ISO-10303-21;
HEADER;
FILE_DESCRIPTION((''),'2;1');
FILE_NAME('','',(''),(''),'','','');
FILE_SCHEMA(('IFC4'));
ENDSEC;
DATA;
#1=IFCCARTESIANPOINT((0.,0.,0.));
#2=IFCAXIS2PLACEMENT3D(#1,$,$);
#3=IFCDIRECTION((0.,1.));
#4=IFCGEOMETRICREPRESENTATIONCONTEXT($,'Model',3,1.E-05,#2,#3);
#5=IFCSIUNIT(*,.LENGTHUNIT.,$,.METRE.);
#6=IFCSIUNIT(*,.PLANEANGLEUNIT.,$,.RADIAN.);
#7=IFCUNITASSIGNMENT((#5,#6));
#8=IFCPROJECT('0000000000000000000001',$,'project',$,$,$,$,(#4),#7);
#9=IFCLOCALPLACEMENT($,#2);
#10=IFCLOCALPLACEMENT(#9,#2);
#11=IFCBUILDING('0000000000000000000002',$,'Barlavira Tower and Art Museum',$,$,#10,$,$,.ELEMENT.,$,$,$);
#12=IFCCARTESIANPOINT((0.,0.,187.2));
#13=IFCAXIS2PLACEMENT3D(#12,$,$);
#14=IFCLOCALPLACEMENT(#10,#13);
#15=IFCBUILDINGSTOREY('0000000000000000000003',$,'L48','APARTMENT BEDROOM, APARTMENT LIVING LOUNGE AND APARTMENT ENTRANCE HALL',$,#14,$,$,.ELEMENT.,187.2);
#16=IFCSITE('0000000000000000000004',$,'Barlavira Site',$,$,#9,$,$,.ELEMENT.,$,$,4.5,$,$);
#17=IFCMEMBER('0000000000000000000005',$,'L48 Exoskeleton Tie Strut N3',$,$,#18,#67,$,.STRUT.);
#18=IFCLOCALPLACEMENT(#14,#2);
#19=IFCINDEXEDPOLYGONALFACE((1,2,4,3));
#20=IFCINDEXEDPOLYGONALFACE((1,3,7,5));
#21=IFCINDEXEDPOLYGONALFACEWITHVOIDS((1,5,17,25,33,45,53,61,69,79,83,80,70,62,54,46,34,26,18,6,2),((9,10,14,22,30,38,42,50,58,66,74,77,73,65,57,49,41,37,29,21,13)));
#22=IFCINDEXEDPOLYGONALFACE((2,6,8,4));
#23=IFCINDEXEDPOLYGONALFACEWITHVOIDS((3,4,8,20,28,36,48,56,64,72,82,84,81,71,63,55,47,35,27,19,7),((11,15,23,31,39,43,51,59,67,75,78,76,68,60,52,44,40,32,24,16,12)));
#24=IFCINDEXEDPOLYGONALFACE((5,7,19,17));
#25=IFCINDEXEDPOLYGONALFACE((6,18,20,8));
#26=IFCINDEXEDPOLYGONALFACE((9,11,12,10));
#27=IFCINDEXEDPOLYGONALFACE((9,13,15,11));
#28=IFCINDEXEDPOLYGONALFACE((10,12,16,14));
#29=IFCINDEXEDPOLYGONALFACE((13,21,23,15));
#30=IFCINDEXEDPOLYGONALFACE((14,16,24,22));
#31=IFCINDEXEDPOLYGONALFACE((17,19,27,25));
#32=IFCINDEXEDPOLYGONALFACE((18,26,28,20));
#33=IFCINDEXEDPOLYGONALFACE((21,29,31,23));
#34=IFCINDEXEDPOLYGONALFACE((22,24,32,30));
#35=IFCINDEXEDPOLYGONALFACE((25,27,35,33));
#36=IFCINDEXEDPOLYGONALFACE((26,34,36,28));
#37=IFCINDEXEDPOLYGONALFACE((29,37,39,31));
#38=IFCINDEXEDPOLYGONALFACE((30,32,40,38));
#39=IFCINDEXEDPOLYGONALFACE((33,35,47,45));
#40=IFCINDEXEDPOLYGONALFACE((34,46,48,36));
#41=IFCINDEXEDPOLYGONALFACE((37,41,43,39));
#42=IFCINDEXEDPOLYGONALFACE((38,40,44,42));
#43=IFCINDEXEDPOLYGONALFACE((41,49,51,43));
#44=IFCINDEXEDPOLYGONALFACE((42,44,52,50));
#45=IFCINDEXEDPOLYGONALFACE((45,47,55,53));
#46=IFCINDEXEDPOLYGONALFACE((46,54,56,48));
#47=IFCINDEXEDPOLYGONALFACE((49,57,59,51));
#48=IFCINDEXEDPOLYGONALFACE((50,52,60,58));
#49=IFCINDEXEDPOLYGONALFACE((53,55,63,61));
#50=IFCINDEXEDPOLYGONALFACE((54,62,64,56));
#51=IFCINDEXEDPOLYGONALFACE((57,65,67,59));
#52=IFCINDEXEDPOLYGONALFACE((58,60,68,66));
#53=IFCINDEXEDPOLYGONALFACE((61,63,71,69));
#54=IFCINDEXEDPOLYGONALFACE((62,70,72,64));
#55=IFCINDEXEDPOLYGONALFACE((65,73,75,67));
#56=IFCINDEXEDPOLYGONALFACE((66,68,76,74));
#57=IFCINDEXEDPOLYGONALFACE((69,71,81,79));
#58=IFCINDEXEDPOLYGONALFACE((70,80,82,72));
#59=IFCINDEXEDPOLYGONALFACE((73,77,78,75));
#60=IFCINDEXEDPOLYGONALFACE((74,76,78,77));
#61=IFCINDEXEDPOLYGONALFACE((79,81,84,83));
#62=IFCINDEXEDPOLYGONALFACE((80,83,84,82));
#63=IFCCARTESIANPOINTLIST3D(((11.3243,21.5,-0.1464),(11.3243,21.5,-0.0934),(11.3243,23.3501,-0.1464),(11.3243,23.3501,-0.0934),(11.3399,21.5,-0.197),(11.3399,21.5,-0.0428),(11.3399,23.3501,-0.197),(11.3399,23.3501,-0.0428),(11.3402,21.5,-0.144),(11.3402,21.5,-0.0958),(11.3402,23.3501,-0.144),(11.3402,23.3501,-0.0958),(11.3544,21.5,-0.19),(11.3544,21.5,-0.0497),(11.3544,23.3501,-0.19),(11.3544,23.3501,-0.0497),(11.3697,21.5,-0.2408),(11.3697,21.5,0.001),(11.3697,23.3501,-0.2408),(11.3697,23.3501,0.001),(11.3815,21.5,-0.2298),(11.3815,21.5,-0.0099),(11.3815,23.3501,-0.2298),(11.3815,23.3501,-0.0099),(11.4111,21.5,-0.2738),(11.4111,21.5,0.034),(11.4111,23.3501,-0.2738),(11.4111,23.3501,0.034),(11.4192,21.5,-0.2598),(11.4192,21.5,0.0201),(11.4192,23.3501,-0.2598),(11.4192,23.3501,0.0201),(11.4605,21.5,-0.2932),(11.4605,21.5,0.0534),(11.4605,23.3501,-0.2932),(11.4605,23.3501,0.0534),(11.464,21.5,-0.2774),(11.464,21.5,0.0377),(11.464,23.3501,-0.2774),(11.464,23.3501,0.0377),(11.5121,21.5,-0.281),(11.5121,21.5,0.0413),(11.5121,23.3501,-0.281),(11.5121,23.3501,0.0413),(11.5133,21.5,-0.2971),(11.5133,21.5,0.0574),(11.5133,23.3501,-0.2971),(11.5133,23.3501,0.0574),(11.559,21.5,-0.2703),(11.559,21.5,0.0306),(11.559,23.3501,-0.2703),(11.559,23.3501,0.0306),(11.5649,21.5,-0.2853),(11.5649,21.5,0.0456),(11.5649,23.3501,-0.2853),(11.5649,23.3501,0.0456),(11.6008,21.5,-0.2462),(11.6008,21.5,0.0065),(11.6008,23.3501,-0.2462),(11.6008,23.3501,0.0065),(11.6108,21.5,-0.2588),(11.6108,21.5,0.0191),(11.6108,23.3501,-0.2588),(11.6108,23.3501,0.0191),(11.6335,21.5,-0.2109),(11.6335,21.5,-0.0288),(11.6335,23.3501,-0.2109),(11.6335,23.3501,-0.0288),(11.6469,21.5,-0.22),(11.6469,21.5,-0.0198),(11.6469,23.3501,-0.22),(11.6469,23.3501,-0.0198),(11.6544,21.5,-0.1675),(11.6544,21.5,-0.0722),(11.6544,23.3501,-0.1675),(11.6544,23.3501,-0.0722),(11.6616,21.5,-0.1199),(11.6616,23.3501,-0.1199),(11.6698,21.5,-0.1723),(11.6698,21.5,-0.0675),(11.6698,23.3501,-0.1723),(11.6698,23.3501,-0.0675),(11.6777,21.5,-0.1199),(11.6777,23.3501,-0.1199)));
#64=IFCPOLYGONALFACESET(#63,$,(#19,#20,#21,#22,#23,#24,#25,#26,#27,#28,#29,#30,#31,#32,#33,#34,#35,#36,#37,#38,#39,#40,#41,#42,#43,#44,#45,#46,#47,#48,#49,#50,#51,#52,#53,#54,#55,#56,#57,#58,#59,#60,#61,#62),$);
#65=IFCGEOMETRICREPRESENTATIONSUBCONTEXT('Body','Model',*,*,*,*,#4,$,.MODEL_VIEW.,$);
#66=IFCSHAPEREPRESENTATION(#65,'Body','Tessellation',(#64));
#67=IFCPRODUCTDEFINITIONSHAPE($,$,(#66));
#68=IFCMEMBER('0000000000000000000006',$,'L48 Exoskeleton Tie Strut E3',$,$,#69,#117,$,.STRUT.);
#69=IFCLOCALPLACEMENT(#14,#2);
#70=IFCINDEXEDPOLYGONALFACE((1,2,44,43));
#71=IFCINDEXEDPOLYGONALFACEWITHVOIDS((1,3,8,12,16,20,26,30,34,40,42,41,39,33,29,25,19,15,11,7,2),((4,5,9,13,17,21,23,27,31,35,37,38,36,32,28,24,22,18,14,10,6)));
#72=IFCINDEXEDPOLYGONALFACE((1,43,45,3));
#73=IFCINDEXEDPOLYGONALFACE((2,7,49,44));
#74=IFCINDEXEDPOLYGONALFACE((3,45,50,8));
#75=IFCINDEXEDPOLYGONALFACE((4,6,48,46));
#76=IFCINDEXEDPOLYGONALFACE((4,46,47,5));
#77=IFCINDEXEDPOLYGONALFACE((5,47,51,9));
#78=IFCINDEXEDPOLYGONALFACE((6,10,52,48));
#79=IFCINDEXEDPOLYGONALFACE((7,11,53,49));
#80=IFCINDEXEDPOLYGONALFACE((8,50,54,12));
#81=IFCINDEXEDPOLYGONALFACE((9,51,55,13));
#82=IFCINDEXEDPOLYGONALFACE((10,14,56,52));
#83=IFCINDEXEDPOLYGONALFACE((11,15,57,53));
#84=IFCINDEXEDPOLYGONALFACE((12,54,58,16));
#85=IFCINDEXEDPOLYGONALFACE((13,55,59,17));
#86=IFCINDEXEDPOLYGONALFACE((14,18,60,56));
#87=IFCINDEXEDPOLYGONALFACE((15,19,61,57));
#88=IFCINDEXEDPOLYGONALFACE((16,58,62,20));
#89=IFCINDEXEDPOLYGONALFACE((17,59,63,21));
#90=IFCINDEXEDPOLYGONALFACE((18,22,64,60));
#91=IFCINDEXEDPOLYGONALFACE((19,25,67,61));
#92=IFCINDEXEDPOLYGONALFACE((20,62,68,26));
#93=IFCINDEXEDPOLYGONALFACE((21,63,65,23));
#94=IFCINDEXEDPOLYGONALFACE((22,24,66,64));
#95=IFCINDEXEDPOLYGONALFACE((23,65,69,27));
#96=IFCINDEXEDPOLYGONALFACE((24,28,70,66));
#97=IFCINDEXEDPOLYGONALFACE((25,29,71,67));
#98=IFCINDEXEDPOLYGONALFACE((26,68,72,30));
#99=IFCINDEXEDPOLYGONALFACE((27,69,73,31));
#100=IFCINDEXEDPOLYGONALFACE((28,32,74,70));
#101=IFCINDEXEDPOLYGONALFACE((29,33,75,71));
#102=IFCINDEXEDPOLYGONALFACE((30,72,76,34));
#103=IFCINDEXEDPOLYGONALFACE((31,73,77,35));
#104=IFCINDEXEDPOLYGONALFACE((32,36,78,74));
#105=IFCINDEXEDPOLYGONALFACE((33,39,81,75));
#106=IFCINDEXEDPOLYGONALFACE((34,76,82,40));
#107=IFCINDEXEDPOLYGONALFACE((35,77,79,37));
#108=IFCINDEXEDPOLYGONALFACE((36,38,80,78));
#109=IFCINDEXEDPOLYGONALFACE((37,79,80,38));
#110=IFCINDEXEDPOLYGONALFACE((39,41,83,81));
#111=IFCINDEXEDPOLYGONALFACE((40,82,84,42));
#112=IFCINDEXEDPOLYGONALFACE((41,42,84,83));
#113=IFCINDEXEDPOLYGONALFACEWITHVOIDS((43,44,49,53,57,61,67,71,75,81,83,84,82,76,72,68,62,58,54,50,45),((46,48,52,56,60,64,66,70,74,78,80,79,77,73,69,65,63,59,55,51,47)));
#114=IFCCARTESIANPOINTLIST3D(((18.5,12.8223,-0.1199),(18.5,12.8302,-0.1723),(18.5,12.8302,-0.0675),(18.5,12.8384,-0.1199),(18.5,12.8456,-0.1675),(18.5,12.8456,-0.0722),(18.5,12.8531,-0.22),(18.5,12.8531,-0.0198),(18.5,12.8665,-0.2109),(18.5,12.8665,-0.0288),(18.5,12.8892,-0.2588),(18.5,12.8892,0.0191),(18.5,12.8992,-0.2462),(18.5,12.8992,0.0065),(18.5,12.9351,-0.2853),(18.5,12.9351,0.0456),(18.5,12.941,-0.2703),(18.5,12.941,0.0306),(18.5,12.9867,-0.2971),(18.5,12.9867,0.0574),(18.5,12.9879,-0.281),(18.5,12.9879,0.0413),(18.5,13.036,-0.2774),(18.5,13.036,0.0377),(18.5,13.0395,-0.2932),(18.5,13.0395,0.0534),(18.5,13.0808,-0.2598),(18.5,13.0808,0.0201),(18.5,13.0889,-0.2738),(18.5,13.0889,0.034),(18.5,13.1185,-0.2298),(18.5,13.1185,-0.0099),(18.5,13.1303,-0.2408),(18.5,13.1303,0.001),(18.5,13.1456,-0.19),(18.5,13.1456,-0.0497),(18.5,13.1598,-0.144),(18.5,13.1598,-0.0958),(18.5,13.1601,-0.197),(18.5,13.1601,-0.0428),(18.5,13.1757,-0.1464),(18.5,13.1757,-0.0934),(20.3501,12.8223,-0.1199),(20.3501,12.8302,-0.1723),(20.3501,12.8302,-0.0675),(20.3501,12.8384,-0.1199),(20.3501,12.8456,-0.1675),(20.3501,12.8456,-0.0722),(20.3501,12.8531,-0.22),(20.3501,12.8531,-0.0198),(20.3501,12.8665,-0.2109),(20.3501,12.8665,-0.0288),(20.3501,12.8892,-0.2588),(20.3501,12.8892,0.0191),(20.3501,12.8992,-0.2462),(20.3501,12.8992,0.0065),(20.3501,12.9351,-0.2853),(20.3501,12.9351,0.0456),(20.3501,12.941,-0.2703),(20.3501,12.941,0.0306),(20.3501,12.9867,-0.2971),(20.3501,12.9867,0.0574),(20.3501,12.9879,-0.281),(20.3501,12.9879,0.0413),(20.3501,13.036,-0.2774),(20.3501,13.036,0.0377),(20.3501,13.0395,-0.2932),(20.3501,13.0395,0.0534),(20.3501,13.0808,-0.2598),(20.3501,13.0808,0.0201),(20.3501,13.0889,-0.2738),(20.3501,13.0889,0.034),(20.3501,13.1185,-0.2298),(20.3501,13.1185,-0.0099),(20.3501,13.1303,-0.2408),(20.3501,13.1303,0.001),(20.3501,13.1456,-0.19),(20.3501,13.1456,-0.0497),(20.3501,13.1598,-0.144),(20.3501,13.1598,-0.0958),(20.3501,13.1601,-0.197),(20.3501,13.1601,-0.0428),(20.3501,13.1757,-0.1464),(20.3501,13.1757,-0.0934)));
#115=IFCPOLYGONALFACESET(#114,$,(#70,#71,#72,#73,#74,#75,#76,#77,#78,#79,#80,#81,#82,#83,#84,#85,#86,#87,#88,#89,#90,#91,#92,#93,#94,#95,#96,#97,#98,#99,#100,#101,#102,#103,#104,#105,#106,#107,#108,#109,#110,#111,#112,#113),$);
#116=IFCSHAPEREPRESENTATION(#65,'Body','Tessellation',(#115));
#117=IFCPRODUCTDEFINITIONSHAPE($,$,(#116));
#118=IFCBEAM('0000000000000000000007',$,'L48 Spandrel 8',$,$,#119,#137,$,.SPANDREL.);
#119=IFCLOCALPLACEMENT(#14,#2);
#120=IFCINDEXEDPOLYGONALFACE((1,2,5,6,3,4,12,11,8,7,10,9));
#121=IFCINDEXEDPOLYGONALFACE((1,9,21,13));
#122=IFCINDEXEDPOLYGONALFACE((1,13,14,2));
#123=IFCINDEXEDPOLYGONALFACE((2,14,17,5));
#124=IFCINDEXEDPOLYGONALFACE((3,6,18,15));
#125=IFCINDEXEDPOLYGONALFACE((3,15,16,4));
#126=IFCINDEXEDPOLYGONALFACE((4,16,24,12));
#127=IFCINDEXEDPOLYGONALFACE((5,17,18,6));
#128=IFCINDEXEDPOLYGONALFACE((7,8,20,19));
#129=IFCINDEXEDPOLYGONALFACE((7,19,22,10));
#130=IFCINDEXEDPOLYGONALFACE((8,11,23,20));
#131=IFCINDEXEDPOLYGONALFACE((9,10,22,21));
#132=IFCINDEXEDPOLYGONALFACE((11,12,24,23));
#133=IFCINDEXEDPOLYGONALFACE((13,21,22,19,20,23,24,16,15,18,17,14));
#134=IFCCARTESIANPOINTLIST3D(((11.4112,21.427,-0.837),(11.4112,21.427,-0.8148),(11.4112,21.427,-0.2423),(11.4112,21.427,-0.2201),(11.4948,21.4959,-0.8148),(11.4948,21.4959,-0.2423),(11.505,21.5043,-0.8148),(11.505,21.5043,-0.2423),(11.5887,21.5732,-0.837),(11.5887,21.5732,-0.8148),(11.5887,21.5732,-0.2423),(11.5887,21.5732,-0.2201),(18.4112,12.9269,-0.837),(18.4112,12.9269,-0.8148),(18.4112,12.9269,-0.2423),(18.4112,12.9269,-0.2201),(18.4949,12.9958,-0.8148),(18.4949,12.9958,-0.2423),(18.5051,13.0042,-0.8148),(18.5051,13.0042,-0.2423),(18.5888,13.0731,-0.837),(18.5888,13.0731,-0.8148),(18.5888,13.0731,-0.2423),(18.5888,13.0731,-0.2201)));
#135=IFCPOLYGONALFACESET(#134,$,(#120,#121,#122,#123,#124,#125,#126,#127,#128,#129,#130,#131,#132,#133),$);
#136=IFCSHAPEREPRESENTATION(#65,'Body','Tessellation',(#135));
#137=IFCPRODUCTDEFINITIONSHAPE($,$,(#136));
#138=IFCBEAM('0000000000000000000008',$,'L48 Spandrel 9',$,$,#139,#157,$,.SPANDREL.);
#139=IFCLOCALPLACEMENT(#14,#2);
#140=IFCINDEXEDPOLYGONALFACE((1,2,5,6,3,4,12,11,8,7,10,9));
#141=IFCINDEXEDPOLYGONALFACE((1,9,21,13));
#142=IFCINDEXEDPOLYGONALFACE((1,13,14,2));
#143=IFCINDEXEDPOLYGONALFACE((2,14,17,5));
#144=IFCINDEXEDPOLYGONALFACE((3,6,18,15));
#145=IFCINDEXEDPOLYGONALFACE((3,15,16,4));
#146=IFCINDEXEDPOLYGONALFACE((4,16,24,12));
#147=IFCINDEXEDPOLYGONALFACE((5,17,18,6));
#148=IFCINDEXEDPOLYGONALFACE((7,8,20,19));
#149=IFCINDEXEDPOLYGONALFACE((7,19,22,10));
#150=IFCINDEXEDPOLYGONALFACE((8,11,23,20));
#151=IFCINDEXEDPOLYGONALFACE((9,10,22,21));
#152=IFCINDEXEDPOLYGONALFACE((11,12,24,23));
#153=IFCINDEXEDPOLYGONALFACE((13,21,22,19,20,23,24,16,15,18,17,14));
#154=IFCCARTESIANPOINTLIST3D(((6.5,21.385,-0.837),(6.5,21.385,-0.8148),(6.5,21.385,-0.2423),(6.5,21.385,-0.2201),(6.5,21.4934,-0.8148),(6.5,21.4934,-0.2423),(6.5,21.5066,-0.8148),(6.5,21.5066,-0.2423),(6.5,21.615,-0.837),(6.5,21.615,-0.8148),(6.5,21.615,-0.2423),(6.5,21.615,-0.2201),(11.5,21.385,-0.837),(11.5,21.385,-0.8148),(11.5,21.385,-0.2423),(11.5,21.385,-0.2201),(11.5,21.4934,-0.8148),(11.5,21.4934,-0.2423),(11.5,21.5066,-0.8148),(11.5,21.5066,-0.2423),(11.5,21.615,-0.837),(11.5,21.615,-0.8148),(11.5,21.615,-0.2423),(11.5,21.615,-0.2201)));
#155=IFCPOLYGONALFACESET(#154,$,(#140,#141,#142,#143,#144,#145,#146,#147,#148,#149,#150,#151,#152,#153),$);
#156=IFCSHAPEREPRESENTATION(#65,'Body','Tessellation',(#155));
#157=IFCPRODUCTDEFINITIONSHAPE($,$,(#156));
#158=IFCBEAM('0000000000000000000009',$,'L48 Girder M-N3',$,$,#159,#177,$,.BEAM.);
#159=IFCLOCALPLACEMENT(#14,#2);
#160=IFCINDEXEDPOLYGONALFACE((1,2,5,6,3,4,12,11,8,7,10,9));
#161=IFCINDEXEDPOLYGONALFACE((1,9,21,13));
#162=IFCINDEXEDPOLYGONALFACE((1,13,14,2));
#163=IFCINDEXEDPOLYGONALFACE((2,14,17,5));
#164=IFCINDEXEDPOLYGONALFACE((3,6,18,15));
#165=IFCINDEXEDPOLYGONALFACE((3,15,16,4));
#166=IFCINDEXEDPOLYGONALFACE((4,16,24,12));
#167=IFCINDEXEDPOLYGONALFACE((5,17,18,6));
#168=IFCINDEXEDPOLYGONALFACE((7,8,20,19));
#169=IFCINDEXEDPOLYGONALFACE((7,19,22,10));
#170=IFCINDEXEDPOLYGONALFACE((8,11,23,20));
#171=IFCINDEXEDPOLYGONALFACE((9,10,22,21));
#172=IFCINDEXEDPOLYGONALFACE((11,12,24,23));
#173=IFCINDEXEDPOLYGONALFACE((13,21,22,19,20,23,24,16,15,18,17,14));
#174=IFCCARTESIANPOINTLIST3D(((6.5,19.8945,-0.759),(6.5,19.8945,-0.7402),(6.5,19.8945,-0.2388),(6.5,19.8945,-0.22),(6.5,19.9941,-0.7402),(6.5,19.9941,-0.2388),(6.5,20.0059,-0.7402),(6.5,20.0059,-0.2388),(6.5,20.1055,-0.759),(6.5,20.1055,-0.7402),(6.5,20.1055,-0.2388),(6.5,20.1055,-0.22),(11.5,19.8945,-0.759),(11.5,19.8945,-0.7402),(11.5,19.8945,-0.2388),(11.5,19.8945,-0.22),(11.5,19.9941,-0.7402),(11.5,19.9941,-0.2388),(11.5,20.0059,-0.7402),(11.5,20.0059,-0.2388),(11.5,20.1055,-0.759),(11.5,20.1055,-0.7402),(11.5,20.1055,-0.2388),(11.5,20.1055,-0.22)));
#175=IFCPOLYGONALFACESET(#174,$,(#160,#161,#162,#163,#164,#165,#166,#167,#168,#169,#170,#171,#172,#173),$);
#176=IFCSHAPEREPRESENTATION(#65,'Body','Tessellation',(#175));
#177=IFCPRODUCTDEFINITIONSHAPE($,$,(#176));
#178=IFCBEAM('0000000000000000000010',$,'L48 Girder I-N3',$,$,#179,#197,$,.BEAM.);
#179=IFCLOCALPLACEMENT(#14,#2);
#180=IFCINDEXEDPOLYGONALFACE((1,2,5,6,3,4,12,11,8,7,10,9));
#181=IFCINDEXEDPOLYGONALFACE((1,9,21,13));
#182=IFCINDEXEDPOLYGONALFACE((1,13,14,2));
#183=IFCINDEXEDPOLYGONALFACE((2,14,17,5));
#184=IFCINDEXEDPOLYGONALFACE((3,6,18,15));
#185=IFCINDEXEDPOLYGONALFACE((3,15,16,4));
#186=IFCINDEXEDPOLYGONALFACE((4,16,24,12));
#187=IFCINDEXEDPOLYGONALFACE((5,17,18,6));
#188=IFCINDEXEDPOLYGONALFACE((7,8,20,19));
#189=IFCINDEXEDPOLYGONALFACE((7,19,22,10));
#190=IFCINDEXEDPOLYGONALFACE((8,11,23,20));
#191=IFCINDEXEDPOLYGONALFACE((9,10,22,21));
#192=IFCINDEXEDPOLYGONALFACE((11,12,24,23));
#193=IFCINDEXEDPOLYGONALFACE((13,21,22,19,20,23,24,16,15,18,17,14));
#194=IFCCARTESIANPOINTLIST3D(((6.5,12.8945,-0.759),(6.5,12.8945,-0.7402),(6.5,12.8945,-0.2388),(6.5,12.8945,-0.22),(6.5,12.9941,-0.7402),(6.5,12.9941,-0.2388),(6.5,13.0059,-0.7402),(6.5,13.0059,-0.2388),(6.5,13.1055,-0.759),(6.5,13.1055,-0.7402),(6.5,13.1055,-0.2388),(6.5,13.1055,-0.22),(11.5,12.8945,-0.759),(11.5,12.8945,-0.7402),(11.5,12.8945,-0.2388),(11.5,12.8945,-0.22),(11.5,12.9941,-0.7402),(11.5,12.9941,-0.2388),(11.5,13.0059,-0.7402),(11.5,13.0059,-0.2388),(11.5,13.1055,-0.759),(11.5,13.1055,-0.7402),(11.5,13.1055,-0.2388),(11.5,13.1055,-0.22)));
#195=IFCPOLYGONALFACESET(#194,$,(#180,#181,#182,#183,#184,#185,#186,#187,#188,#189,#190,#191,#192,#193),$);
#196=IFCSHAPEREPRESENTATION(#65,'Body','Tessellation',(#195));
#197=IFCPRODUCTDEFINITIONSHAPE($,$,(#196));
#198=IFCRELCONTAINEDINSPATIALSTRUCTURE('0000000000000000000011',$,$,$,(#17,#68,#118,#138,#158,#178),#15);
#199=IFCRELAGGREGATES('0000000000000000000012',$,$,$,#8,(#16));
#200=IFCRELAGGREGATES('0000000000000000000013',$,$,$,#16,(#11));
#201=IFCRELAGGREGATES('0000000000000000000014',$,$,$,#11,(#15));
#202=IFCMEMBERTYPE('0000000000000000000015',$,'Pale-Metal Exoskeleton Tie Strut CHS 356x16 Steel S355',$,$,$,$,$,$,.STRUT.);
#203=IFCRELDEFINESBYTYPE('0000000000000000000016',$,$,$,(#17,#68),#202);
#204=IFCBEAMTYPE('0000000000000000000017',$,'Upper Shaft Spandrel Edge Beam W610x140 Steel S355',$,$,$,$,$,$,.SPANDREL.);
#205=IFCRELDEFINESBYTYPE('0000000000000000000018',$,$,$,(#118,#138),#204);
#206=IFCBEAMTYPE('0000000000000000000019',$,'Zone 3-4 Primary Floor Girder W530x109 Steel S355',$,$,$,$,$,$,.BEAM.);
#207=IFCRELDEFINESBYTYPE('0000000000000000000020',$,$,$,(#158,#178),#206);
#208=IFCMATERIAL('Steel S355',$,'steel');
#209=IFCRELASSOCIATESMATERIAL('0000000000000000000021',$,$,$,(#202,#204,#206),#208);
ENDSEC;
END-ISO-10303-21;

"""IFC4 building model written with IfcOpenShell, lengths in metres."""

from ifc_helpers import new_model, si_unit, direction, frame, origin, origin_2d, place, context, subcontext, project, spatial, hollow_circle, i_section, extrude, material, material_profile, profile_set, type_object, element, save


model = new_model("IFC4")

# Units and contexts
model_context = context("Model", 3, precision=1e-05, world=origin(), true_north=direction((0.0, 1.0)))
body_context = subcontext(model_context, "Body", "Model", "MODEL_VIEW")
ifc_project = project(units=[si_unit("LENGTHUNIT", "METRE"), si_unit("PLANEANGLEUNIT", "RADIAN")], contexts=[model_context])

# Site, building, storey
site_placement = place(None, origin())
site = spatial("IfcSite", under=ifc_project, at=site_placement, Name="Barlavira Site", CompositionType="ELEMENT", RefElevation=4.5)
building_placement = place(site_placement, origin())
building = spatial("IfcBuilding", under=site, at=building_placement, Name="Barlavira Tower and Art Museum", CompositionType="ELEMENT")
storey_placement = place(building_placement, frame((0.0, 0.0, 187.2)))
storey = spatial("IfcBuildingStorey", under=building, at=storey_placement, Name="L48", Description="APARTMENT BEDROOM, APARTMENT LIVING LOUNGE AND APARTMENT ENTRANCE HALL", CompositionType="ELEMENT", Elevation=187.2)

# Members
ifc_material_1 = material(Name="Steel S355", Category="steel")
ifc_material_profile_1 = material_profile(ifc_material_1, hollow_circle(Radius=0.1777, WallThickness=0.0161, at=origin_2d()), Name="CHS 355.6x16.0")
ifc_profile_set_1 = profile_set([ifc_material_profile_1], Name="Steel S355")
member_type_1 = type_object("IfcMemberType", Name="Pale-Metal Exoskeleton Tie Strut CHS 356x16 Steel S355", PredefinedType="STRUT", material=ifc_profile_set_1)
for number, where, z_axis, x_axis, name in (
    (1, (11.5, 23.3501, -0.1199), (0.0, -1.0, 0.0), (1.0, 0.0, 0.0), "L48 Exoskeleton Tie Strut N3"),
    (2, (20.3501, 13.0, -0.1199), (-1.0, 0.0, 0.0), (0.0, -1.0, 0.0), "L48 Exoskeleton Tie Strut E3"),
):
    element("IfcMember", number, at=place(storey_placement, frame(where, z_axis=z_axis, x_axis=x_axis)), inside=storey, type_object=member_type_1, Name=name, PredefinedType="STRUT", context=body_context, shape_type="SweptSolid", body=[
        extrude(hollow_circle(Radius=0.1777, WallThickness=0.0161, at=origin_2d()), origin(), (0.0, 0.0, 1.0), 1.8501),
    ])

# Beams
ifc_material_profile_2 = material_profile(ifc_material_1, i_section(OverallWidth=0.23, OverallDepth=0.6169, WebThickness=0.0132, FlangeThickness=0.0222, at=origin_2d()), Name="W610x140.0")
ifc_profile_set_2 = profile_set([ifc_material_profile_2], Name="Steel S355")
beam_type_1 = type_object("IfcBeamType", Name="Upper Shaft Spandrel Edge Beam W610x140 Steel S355", PredefinedType="SPANDREL", material=ifc_profile_set_2)
beam_1_placement = place(storey_placement, frame((18.5, 13.0, -0.5286), z_axis=(-0.635707, 0.77193, 0.0), x_axis=(-0.77193, -0.635707, 0.0)))
element("IfcBeam", 3, at=beam_1_placement, inside=storey, type_object=beam_type_1, Name="L48 Spandrel 8", PredefinedType="SPANDREL", context=body_context, shape_type="SweptSolid", body=[
    extrude(i_section(OverallWidth=0.23, OverallDepth=0.6169, WebThickness=0.0132, FlangeThickness=0.0222, at=origin_2d()), origin(), (0.0, 0.0, 1.0), 11.0115),
])
beam_2_placement = place(storey_placement, frame((6.5, 21.5, -0.5286), z_axis=(1.0, 0.0, 0.0), x_axis=(0.0, 1.0, 0.0)))
element("IfcBeam", 4, at=beam_2_placement, inside=storey, type_object=beam_type_1, Name="L48 Spandrel 9", PredefinedType="SPANDREL", context=body_context, shape_type="SweptSolid", body=[
    extrude(i_section(OverallWidth=0.23, OverallDepth=0.6169, WebThickness=0.0132, FlangeThickness=0.0222, at=origin_2d()), origin(), (0.0, 0.0, 1.0), 5.0),
])
ifc_material_profile_3 = material_profile(ifc_material_1, i_section(OverallWidth=0.2109, OverallDepth=0.5391, WebThickness=0.0117, FlangeThickness=0.0188, at=origin_2d()), Name="W530x109.0")
ifc_profile_set_3 = profile_set([ifc_material_profile_3], Name="Steel S355")
beam_type_2 = type_object("IfcBeamType", Name="Zone 3-4 Primary Floor Girder W530x109 Steel S355", PredefinedType="BEAM", material=ifc_profile_set_3)
for number, where, z_axis, x_axis, name in (
    (5, (6.5, 20.0, -0.4895), (1.0, 0.0, 0.0), (0.0, 1.0, 0.0), "L48 Girder M-N3"),
    (6, (6.5, 13.0, -0.4895), (1.0, 0.0, 0.0), (0.0, 1.0, 0.0), "L48 Girder I-N3"),
):
    element("IfcBeam", number, at=place(storey_placement, frame(where, z_axis=z_axis, x_axis=x_axis)), inside=storey, type_object=beam_type_2, Name=name, PredefinedType="BEAM", context=body_context, shape_type="SweptSolid", body=[
        extrude(i_section(OverallWidth=0.2109, OverallDepth=0.5391, WebThickness=0.0117, FlangeThickness=0.0188, at=origin_2d()), origin(), (0.0, 0.0, 1.0), 5.0),
    ])

save(model, "model.ifc")
